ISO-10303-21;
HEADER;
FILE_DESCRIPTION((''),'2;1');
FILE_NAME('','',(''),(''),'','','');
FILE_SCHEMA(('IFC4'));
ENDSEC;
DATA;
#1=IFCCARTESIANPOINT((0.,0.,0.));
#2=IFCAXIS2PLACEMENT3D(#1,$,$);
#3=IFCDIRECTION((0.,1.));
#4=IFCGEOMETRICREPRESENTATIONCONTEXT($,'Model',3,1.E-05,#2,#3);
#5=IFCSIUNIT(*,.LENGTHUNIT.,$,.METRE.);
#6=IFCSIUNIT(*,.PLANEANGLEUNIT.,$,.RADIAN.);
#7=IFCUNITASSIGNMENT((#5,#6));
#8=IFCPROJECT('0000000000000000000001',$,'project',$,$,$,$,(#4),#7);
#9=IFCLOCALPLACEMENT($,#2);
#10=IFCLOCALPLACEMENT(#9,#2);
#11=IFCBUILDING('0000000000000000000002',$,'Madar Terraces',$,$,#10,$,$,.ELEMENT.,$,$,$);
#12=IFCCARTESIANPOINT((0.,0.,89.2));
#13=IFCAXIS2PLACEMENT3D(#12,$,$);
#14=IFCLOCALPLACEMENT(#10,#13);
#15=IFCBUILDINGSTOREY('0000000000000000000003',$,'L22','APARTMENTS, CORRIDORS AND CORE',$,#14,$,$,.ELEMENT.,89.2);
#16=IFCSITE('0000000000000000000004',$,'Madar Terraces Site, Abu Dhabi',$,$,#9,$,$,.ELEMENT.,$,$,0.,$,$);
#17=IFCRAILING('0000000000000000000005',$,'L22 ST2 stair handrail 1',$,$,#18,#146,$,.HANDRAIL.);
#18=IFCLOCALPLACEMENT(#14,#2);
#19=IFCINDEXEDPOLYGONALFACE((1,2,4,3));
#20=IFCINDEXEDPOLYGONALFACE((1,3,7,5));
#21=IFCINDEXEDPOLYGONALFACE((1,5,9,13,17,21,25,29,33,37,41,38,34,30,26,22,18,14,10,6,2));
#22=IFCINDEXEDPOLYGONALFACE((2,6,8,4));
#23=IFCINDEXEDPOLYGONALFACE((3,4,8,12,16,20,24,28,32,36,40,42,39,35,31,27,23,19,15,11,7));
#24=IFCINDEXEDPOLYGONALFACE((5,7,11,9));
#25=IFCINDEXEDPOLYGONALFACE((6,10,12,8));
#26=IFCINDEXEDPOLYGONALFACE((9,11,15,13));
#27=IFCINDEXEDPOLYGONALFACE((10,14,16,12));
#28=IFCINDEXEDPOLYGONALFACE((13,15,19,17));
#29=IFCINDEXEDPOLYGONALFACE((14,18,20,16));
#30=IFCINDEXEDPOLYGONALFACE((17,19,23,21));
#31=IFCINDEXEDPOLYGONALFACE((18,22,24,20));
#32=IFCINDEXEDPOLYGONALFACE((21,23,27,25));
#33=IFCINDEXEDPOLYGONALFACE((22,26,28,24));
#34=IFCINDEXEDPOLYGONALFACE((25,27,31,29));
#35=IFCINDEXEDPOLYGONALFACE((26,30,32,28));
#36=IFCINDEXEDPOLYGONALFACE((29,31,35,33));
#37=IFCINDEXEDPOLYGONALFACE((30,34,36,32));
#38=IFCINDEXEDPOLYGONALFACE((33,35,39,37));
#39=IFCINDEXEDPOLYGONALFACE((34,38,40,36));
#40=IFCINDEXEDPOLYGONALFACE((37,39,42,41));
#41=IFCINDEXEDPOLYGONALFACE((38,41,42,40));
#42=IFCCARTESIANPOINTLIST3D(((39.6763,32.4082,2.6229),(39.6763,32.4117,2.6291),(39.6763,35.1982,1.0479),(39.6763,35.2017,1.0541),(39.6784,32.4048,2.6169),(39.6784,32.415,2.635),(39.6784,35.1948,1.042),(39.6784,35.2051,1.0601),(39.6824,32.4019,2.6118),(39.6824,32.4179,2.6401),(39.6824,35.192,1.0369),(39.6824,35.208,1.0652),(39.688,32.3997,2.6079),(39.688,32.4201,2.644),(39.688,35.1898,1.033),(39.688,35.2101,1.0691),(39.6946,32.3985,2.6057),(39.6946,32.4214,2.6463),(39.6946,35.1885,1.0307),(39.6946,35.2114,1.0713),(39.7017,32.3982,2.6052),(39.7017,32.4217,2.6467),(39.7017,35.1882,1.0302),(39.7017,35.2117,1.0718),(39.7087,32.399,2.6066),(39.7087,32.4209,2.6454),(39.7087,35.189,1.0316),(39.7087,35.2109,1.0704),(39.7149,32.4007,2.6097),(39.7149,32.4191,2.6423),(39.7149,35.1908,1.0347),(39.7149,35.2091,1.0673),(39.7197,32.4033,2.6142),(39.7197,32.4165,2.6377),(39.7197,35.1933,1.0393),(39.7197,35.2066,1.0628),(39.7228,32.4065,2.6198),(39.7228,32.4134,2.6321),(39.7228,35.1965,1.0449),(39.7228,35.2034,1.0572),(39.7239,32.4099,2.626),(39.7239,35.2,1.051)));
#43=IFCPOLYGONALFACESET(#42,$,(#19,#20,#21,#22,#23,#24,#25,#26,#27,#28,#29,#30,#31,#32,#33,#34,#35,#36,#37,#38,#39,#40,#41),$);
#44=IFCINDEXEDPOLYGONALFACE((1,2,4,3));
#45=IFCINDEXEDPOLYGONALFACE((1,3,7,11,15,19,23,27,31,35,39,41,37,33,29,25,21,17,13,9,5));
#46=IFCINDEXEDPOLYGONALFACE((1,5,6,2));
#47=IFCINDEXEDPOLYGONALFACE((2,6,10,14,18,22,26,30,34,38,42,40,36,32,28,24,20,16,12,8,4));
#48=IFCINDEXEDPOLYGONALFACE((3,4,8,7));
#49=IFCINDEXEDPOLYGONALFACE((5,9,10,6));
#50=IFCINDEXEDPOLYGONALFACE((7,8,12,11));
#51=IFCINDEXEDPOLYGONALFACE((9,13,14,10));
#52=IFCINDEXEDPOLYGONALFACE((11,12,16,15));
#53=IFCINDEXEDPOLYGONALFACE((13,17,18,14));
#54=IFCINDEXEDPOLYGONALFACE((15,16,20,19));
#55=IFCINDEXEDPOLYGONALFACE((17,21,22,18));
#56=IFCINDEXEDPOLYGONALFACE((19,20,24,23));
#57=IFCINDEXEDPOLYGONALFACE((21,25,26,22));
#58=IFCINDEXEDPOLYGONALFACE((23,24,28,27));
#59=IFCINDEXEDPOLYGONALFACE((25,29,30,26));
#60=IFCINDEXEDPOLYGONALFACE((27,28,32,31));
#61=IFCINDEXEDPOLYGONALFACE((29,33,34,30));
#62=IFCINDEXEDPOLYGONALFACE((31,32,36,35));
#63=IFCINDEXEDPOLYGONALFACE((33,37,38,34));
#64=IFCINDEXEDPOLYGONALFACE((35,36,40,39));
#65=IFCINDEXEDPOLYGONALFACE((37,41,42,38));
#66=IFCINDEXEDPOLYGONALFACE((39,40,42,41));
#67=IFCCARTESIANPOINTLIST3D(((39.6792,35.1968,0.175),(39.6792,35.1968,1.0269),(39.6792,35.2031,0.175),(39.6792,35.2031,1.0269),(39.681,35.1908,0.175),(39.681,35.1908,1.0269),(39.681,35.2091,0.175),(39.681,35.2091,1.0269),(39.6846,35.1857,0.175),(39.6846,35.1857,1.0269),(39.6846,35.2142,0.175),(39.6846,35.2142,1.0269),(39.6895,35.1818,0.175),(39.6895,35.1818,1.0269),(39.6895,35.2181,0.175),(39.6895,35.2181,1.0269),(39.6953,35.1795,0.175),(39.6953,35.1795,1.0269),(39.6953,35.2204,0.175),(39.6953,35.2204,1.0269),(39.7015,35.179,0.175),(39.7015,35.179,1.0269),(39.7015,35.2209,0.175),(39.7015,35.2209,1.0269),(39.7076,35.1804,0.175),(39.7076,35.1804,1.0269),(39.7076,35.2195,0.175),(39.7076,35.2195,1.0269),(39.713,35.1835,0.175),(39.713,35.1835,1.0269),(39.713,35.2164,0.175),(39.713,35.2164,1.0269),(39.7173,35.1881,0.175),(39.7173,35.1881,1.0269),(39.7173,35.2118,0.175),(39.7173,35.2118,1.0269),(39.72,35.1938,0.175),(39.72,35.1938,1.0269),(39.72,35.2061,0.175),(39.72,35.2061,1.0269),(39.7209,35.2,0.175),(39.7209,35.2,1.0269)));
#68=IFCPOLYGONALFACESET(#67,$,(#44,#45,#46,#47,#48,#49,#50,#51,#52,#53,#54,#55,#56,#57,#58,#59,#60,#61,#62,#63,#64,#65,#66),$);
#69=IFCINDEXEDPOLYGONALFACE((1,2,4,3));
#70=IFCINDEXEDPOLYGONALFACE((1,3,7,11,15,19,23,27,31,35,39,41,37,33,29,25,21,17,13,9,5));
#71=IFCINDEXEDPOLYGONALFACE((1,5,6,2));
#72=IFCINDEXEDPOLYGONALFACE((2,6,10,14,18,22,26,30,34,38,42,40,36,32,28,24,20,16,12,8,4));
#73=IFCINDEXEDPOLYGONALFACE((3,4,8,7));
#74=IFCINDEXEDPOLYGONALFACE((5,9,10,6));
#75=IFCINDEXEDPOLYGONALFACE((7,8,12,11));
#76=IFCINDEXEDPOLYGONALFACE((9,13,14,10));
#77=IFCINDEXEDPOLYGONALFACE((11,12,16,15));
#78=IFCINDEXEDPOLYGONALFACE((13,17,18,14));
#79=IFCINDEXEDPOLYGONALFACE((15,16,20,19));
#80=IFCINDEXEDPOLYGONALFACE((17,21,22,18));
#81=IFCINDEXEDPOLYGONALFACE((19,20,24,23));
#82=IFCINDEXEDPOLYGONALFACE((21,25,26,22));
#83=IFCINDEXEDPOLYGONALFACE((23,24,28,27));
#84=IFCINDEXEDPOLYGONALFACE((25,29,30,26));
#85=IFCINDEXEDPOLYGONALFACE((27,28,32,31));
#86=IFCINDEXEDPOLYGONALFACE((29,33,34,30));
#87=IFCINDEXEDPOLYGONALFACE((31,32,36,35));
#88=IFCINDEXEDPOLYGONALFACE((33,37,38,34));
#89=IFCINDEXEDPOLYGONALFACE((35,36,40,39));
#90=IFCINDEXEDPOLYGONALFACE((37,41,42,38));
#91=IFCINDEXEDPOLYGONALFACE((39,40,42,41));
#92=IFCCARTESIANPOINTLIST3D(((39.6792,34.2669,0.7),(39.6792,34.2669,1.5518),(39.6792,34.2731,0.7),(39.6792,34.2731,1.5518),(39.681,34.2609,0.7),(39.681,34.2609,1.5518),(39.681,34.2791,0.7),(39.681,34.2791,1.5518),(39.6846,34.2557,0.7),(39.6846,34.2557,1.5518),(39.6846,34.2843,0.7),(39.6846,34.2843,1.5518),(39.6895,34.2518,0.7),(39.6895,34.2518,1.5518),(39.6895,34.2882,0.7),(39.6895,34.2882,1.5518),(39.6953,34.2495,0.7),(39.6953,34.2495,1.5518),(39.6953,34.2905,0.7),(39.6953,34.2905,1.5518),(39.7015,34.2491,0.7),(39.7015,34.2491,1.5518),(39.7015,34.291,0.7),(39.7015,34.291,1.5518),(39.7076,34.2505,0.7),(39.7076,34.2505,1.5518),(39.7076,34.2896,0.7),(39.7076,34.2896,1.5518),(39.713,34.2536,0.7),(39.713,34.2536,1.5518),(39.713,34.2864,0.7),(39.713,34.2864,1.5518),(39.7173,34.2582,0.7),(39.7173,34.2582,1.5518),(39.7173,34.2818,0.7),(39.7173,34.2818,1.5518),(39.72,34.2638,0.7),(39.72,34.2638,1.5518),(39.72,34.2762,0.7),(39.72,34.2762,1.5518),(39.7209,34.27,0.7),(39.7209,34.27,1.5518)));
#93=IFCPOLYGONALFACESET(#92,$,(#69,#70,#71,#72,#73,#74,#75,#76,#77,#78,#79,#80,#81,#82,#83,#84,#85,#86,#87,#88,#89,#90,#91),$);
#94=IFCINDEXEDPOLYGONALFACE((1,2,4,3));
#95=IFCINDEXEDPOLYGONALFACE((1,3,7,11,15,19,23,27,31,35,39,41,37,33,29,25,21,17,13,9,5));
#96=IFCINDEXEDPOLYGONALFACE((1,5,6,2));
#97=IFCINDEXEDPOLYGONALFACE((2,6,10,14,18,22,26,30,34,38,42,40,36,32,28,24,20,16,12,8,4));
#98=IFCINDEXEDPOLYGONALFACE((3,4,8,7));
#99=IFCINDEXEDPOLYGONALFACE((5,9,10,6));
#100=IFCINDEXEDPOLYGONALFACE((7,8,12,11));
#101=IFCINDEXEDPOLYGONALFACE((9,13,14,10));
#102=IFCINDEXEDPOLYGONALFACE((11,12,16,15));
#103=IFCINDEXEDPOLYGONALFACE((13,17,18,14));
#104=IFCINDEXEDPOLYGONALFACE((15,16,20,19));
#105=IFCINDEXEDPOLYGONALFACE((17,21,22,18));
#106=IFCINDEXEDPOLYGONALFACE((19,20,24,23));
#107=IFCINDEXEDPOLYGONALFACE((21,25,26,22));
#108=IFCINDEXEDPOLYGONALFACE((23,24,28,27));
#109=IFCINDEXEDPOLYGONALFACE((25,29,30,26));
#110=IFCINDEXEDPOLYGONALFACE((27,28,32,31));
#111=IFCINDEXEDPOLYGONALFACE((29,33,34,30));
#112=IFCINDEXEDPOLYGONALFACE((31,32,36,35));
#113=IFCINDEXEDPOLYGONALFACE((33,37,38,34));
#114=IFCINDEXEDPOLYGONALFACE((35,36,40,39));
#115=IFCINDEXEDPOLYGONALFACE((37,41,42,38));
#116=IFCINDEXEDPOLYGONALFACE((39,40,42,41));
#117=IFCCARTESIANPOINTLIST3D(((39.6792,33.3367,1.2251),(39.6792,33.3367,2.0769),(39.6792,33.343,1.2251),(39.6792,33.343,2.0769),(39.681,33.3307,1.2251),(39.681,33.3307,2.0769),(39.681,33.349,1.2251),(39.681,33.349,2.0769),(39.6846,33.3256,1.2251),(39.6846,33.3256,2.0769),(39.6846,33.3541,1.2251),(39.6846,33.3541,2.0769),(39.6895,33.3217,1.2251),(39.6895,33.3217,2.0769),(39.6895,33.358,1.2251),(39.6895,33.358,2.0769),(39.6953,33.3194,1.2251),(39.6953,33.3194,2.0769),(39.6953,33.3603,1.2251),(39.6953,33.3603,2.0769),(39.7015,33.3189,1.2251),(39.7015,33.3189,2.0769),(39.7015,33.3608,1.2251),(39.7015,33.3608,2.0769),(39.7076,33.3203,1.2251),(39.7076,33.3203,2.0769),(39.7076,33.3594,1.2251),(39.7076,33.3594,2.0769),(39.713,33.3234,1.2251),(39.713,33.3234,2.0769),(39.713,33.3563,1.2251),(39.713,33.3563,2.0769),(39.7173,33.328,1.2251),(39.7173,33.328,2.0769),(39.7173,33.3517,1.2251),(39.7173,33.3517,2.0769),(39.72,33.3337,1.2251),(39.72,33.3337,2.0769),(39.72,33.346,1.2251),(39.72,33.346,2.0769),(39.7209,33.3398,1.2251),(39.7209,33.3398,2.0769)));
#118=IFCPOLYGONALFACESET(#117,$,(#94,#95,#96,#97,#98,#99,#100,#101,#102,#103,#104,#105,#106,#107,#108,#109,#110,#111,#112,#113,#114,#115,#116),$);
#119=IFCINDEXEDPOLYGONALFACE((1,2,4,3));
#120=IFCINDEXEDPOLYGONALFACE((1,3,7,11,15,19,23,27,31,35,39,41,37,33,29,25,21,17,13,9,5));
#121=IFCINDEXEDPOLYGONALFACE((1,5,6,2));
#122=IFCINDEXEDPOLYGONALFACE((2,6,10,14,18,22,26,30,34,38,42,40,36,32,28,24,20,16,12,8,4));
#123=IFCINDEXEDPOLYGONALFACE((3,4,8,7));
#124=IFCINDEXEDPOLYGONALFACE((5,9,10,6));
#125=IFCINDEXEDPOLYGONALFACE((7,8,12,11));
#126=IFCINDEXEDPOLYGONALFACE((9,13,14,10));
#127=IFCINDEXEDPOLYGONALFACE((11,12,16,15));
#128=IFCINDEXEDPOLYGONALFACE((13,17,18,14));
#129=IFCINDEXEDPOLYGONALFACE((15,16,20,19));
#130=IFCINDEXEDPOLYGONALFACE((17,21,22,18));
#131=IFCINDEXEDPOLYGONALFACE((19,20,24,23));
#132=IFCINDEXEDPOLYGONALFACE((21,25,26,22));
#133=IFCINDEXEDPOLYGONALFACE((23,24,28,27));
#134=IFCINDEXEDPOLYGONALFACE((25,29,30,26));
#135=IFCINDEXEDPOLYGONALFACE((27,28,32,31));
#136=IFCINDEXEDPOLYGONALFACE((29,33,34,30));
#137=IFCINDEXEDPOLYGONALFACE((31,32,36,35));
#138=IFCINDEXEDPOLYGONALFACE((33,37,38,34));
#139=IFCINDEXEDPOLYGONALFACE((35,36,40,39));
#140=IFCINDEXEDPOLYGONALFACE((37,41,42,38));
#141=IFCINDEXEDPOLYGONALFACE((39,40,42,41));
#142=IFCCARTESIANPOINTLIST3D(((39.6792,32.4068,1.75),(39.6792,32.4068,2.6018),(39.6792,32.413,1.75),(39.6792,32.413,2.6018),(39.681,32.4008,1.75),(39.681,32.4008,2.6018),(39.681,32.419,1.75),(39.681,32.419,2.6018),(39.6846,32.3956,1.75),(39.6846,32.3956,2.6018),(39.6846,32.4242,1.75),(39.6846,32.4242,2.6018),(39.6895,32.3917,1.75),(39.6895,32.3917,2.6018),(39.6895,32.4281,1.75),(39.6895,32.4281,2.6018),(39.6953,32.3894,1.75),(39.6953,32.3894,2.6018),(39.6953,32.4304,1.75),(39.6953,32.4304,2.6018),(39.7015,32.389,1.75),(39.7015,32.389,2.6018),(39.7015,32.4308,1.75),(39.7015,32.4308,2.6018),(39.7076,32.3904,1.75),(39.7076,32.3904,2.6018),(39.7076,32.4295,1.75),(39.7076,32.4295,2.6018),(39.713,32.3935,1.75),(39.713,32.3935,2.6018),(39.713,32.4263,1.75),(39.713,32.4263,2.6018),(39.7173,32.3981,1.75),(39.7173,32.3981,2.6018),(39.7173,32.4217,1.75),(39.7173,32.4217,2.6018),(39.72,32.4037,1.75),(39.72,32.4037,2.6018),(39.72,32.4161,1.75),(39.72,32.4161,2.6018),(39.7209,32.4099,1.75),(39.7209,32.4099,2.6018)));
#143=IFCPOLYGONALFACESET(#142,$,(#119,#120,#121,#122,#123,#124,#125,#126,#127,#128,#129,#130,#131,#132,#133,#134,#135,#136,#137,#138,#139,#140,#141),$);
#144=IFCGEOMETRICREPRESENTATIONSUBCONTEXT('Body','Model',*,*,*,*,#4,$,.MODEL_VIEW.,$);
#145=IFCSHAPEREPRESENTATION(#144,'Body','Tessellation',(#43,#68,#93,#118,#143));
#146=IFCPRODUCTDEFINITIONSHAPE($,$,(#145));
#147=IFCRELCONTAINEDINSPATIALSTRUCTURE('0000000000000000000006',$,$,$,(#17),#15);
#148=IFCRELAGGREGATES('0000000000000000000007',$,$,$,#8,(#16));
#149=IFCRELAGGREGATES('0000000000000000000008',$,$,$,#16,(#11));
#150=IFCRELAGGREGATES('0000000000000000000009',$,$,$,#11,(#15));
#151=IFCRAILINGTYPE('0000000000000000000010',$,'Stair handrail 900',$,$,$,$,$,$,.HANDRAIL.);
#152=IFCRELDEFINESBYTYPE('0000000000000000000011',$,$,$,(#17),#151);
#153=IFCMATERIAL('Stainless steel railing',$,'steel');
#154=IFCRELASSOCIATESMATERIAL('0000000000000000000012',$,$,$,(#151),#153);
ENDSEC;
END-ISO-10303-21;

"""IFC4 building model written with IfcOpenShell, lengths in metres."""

from ifc_helpers import new_model, si_unit, direction, frame, origin, origin_2d, place, context, subcontext, project, spatial, circle, extrude, material, type_object, element, save


model = new_model("IFC4")

# Units and contexts
model_context = context("Model", 3, precision=1e-05, world=origin(), true_north=direction((0.0, 1.0)))
body_context = subcontext(model_context, "Body", "Model", "MODEL_VIEW")
ifc_project = project(units=[si_unit("LENGTHUNIT", "METRE"), si_unit("PLANEANGLEUNIT", "RADIAN")], contexts=[model_context])

# Site, building, storey
site_placement = place(None, origin())
site = spatial("IfcSite", under=ifc_project, at=site_placement, Name="Madar Terraces Site, Abu Dhabi", CompositionType="ELEMENT", RefElevation=0.0)
building_placement = place(site_placement, origin())
building = spatial("IfcBuilding", under=site, at=building_placement, Name="Madar Terraces", CompositionType="ELEMENT")
storey_placement = place(building_placement, frame((0.0, 0.0, 89.2)))
storey = spatial("IfcBuildingStorey", under=building, at=storey_placement, Name="L22", Description="APARTMENTS, CORRIDORS AND CORE", CompositionType="ELEMENT", Elevation=89.2)

# Railing
ifc_material_1 = material(Name="Stainless steel railing", Category="steel")
railing_type_1 = type_object("IfcRailingType", Name="Stair handrail 900", PredefinedType="HANDRAIL", material=ifc_material_1)
railing_1_placement = place(storey_placement, frame((39.7, 35.2, 0.175)))
element("IfcRailing", 1, at=railing_1_placement, inside=storey, type_object=railing_type_1, Name="L22 ST2 stair handrail 1", PredefinedType="HANDRAIL", context=body_context, shape_type="SweptSolid", body=[
    extrude(circle(Radius=0.0239, at=origin_2d()), frame((0.0, 0.0, 0.876), z_axis=(0.0, -0.870834, 0.491578), x_axis=(1.0, 0.0, 0.0)), (0.0, 0.0, 1.0), 3.2039),
    extrude(circle(Radius=0.021, at=origin_2d()), origin(), (0.0, 0.0, 1.0), 0.8518),
    extrude(circle(Radius=0.021, at=origin_2d()), frame((0.0, -0.9299, 0.5249)), (0.0, 0.0, 1.0), 0.8518),
    extrude(circle(Radius=0.021, at=origin_2d()), frame((0.0, -1.8601, 1.05)), (0.0, 0.0, 1.0), 0.8518),
    extrude(circle(Radius=0.021, at=origin_2d()), frame((0.0, -2.79, 1.575)), (0.0, 0.0, 1.0), 0.8518),
])

save(model, "model.ifc")
